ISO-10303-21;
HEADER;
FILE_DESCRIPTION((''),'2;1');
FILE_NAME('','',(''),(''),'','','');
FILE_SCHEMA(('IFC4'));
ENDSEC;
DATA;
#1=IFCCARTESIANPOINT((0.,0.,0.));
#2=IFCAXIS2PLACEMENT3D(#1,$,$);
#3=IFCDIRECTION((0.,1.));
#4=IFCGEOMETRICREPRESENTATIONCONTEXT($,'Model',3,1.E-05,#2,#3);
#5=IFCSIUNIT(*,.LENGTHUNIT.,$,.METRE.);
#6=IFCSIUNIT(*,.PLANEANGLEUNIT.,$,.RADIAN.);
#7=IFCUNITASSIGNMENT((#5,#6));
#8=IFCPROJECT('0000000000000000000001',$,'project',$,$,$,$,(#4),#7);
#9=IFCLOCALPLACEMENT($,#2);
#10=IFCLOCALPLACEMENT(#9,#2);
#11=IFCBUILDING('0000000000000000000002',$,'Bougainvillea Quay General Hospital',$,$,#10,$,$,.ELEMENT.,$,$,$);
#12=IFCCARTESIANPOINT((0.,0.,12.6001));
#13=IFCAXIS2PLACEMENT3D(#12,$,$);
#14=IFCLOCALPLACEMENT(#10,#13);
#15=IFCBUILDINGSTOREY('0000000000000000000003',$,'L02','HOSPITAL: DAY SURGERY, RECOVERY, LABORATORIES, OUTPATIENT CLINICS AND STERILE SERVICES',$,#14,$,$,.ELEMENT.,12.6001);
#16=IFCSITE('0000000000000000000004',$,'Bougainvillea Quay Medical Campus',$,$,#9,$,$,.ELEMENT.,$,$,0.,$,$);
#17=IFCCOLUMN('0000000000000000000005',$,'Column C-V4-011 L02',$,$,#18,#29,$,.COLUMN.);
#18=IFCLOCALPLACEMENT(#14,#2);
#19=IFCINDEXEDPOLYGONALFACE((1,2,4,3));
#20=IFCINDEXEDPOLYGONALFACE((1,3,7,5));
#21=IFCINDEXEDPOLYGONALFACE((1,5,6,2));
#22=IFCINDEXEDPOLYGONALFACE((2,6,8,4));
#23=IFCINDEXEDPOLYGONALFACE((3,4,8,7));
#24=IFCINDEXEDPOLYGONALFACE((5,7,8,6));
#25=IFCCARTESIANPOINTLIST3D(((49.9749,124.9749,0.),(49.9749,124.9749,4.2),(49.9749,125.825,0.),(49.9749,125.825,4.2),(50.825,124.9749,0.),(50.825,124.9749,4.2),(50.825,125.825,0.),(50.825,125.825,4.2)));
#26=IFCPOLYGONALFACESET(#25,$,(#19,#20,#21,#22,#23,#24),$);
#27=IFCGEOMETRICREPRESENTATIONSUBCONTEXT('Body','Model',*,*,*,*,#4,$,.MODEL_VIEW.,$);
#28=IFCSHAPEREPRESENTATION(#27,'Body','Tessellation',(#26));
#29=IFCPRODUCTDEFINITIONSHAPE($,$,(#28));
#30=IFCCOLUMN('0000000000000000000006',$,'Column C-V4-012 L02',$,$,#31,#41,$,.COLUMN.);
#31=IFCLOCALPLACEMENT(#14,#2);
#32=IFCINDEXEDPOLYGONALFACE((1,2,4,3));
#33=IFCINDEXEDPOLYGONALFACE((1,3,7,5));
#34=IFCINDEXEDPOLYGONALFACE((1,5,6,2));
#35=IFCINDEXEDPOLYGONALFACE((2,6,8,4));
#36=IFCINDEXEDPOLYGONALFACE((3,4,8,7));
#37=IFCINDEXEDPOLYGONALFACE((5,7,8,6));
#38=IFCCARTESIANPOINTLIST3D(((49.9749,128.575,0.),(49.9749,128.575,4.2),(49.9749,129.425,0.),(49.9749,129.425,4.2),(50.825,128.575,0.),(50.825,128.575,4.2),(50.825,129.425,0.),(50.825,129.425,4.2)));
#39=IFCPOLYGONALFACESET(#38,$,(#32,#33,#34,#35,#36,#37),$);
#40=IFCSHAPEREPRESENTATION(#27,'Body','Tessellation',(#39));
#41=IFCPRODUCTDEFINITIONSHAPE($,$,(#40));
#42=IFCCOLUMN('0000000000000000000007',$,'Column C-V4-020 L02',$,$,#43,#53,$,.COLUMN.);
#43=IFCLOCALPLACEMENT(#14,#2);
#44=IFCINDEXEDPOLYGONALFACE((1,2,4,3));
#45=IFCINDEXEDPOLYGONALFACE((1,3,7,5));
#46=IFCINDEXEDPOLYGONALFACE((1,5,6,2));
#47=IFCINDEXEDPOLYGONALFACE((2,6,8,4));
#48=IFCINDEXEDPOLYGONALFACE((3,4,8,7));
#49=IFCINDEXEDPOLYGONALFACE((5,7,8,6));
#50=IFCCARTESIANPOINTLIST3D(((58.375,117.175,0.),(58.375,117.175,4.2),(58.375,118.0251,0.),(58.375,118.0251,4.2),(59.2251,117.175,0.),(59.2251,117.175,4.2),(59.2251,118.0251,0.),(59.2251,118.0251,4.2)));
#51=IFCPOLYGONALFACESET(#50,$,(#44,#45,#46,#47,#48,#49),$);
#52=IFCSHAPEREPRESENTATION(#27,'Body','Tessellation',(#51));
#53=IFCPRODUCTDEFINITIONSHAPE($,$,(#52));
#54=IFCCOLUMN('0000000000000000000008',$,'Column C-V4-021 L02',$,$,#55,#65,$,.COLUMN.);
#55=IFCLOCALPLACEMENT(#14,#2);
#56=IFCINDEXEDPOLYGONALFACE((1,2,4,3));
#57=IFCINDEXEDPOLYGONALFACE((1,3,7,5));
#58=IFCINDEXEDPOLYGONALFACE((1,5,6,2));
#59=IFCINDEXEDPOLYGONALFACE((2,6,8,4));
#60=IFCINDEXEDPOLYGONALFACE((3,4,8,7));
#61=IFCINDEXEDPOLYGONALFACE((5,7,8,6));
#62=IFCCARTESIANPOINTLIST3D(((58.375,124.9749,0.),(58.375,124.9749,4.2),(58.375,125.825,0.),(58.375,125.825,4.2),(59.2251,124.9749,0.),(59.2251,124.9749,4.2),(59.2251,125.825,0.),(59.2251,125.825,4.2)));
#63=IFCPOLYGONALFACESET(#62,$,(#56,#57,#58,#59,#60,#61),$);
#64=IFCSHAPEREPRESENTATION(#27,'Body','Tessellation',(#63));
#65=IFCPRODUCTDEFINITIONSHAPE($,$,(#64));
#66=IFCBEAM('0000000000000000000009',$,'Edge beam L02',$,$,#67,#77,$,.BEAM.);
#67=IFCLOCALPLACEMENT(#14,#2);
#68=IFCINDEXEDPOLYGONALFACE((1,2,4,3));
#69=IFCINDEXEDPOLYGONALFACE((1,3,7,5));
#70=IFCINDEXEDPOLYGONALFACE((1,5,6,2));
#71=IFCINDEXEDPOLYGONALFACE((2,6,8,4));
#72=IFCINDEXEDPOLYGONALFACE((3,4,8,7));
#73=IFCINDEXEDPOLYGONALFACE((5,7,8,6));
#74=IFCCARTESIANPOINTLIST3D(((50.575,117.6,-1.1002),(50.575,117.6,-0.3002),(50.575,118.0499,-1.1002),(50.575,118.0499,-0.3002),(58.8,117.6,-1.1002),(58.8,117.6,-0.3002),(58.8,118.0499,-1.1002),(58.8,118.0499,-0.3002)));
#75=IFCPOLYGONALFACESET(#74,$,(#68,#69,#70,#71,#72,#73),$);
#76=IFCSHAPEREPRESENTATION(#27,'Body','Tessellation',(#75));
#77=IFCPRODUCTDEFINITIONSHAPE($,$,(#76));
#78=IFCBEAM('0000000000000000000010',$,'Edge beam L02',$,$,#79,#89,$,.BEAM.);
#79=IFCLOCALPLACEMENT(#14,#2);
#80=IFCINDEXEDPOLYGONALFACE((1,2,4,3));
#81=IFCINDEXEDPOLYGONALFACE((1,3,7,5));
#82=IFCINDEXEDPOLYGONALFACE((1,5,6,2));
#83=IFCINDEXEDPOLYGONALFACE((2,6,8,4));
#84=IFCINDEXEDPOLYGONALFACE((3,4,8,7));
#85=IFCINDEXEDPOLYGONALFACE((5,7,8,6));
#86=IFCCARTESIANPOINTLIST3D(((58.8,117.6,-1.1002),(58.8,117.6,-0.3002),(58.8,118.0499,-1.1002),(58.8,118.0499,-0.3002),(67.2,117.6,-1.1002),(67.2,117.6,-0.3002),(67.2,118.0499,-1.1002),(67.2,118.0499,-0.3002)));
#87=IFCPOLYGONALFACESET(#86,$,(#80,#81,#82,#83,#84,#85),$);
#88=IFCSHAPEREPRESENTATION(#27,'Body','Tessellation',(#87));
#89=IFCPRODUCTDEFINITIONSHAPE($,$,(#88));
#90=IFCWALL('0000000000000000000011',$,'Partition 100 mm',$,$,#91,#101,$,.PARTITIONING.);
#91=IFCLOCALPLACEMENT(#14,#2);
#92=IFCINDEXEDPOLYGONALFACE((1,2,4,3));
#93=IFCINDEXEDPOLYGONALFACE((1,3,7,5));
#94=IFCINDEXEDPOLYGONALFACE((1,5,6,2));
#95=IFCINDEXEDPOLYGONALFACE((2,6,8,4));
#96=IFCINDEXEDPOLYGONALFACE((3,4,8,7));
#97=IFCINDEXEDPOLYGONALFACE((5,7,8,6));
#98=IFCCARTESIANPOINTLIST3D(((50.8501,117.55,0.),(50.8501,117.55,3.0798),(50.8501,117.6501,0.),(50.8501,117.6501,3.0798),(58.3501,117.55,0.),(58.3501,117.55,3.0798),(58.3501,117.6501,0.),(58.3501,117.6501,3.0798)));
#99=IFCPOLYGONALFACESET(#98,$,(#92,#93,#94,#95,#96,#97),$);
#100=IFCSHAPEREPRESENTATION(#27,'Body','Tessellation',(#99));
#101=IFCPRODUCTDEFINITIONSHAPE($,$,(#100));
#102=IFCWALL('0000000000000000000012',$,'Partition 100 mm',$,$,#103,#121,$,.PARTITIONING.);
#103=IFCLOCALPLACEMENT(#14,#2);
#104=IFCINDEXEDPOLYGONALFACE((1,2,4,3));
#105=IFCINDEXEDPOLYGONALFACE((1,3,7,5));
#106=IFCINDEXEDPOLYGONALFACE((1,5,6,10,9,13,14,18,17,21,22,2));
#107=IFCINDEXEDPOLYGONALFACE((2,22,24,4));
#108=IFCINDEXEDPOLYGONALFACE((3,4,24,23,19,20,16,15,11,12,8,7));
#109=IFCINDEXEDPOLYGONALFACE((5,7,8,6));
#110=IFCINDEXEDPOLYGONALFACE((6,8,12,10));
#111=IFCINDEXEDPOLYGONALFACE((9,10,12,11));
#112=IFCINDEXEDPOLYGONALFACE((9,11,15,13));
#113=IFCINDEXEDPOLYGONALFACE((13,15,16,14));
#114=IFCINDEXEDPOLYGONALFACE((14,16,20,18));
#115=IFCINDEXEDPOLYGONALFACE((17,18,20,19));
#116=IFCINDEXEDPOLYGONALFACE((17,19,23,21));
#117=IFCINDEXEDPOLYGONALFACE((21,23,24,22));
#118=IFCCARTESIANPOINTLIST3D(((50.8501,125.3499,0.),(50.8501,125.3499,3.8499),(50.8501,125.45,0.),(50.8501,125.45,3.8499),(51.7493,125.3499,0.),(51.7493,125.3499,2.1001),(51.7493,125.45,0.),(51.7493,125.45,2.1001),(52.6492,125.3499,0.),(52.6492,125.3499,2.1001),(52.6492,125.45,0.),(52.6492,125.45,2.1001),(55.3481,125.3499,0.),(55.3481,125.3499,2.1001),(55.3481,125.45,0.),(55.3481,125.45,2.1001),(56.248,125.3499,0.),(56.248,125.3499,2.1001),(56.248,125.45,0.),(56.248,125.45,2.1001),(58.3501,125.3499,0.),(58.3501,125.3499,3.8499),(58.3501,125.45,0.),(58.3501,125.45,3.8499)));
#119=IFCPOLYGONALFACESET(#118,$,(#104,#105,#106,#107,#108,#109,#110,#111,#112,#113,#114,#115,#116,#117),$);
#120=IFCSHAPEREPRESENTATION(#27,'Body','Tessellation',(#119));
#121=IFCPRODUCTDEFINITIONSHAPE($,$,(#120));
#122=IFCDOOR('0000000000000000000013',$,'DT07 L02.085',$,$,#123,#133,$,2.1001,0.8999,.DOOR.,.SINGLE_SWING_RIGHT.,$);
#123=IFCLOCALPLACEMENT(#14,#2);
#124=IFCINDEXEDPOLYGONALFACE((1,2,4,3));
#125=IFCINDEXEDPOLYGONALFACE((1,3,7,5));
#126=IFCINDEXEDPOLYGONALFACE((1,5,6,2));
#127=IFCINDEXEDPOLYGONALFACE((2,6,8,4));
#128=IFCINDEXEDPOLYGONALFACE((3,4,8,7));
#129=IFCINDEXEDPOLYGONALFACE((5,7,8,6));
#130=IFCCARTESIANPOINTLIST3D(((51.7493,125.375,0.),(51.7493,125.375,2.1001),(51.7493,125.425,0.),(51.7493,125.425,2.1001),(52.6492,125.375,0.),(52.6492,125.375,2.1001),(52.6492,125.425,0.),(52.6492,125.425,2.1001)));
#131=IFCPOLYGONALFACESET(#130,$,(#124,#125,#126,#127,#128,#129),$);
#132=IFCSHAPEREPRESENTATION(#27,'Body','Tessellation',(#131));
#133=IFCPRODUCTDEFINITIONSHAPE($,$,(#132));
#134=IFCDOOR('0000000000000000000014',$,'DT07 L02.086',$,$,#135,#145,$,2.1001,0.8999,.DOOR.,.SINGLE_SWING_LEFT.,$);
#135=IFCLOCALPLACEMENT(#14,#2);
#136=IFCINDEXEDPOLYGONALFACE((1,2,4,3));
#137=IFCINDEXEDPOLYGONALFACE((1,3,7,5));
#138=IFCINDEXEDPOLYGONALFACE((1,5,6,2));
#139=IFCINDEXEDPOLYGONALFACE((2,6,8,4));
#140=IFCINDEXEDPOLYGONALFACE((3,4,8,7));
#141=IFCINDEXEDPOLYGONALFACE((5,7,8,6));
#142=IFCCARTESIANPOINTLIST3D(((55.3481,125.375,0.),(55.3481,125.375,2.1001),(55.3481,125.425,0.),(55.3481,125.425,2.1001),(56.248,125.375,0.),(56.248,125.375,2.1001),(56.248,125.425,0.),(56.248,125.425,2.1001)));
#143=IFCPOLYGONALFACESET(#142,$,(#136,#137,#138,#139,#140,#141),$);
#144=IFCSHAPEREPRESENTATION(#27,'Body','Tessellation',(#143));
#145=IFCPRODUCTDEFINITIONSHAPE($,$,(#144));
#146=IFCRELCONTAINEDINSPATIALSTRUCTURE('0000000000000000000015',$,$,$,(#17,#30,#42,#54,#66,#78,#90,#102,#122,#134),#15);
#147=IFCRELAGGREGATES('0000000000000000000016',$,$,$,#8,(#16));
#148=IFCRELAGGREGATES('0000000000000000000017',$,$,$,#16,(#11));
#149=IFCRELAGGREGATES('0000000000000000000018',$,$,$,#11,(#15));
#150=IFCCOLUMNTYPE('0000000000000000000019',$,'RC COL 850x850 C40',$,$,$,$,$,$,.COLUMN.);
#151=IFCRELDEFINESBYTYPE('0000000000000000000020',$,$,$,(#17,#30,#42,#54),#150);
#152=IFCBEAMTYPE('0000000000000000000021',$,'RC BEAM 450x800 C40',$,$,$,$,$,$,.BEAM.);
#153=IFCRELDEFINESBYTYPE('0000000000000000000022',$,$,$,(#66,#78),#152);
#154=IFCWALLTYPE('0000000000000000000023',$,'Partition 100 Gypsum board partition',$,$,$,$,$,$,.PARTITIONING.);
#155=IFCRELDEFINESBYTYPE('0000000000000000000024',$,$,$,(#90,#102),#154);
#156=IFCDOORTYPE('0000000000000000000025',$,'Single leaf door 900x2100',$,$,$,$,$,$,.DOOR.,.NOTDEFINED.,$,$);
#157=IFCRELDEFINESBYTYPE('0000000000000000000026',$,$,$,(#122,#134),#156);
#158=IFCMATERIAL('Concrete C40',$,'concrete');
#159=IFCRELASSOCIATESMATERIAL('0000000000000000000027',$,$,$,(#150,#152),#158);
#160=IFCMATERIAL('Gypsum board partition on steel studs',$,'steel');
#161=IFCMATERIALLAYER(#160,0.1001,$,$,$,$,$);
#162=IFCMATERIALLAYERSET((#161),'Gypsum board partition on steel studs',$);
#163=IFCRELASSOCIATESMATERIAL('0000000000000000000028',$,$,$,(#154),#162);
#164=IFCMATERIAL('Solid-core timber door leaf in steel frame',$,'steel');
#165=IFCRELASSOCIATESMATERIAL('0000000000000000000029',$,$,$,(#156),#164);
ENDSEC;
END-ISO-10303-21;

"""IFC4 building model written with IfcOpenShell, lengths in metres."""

from ifc_helpers import new_model, si_unit, direction, frame, frame_2d, origin, origin_2d, place, context, subcontext, project, spatial, rectangle, extrude, material, layer, layer_set, material_profile, profile_set, type_object, element, fill, save


model = new_model("IFC4")

# Units and contexts
model_context = context("Model", 3, precision=1e-05, world=origin(), true_north=direction((0.0, 1.0)))
body_context = subcontext(model_context, "Body", "Model", "MODEL_VIEW")
ifc_project = project(units=[si_unit("LENGTHUNIT", "METRE"), si_unit("PLANEANGLEUNIT", "RADIAN")], contexts=[model_context])

# Site, building, storey
site_placement = place(None, origin())
site = spatial("IfcSite", under=ifc_project, at=site_placement, Name="Bougainvillea Quay Medical Campus", CompositionType="ELEMENT", RefElevation=0.0)
building_placement = place(site_placement, origin())
building = spatial("IfcBuilding", under=site, at=building_placement, Name="Bougainvillea Quay General Hospital", CompositionType="ELEMENT")
storey_placement = place(building_placement, frame((0.0, 0.0, 12.6001)))
storey = spatial("IfcBuildingStorey", under=building, at=storey_placement, Name="L02", Description="HOSPITAL: DAY SURGERY, RECOVERY, LABORATORIES, OUTPATIENT CLINICS AND STERILE SERVICES", CompositionType="ELEMENT", Elevation=12.6001)

# Columns
ifc_material_1 = material(Name="Concrete C40", Category="concrete")
ifc_material_profile_1 = material_profile(ifc_material_1, rectangle(XDim=0.8501, YDim=0.8501, at=origin_2d()))
ifc_profile_set_1 = profile_set([ifc_material_profile_1], Name="Concrete C40")
column_type = type_object("IfcColumnType", Name="RC COL 850x850 C40", PredefinedType="COLUMN", material=ifc_profile_set_1)
for number, where, z_axis, x_axis, name in (
    (1, (50.3999, 125.3999, 0.0), (0.0, 0.0, 1.0), (1.0, 0.0, 0.0), "Column C-V4-011 L02"),
    (2, (50.3999, 129.0, 0.0), (0.0, 0.0, 1.0), (1.0, 0.0, 0.0), "Column C-V4-012 L02"),
    (3, (58.8, 117.6001, 0.0), (0.0, 0.0, 1.0), (1.0, 0.0, 0.0), "Column C-V4-020 L02"),
    (4, (58.8, 125.3999, 0.0), (0.0, 0.0, 1.0), (1.0, 0.0, 0.0), "Column C-V4-021 L02"),
):
    element("IfcColumn", number, at=place(storey_placement, frame(where, z_axis=z_axis, x_axis=x_axis)), inside=storey, type_object=column_type, Name=name, PredefinedType="COLUMN", context=body_context, shape_type="SweptSolid", body=[
        extrude(rectangle(XDim=0.8501, YDim=0.8501, at=origin_2d()), origin(), (0.0, 0.0, 1.0), 4.2),
    ])

# Beams
ifc_material_profile_2 = material_profile(ifc_material_1, rectangle(XDim=0.45, YDim=0.8, at=origin_2d()))
ifc_profile_set_2 = profile_set([ifc_material_profile_2], Name="Concrete C40")
beam_type = type_object("IfcBeamType", Name="RC BEAM 450x800 C40", PredefinedType="BEAM", material=ifc_profile_set_2)
beam_1_placement = place(storey_placement, frame((50.575, 117.825, -0.7002), z_axis=(1.0, 0.0, 0.0), x_axis=(0.0, 1.0, 0.0)))
element("IfcBeam", 5, at=beam_1_placement, inside=storey, type_object=beam_type, Name="Edge beam L02", PredefinedType="BEAM", context=body_context, shape_type="SweptSolid", body=[
    extrude(rectangle(XDim=0.45, YDim=0.8, at=origin_2d()), origin(), (0.0, 0.0, 1.0), 8.2251),
])
beam_2_placement = place(storey_placement, frame((58.8, 117.825, -0.7002), z_axis=(1.0, 0.0, 0.0), x_axis=(0.0, 1.0, 0.0)))
element("IfcBeam", 6, at=beam_2_placement, inside=storey, type_object=beam_type, Name="Edge beam L02", PredefinedType="BEAM", context=body_context, shape_type="SweptSolid", body=[
    extrude(rectangle(XDim=0.45, YDim=0.8, at=origin_2d()), origin(), (0.0, 0.0, 1.0), 8.3999),
])

# Wall
ifc_material_2 = material(Name="Gypsum board partition on steel studs", Category="steel")
ifc_layer_1 = layer(ifc_material_2, 0.1001)
ifc_layer_set_1 = layer_set([ifc_layer_1], Name="Gypsum board partition on steel studs")
wall_type_1 = type_object("IfcWallType", Name="Partition 100 Gypsum board partition", PredefinedType="PARTITIONING", material=ifc_layer_set_1)
wall_1_placement = place(storey_placement, frame((58.3501, 117.6001, 0.0), z_axis=(0.0, 0.0, 1.0), x_axis=(-1.0, 0.0, 0.0)))
element("IfcWall", 7, at=wall_1_placement, inside=storey, type_object=wall_type_1, Name="Partition 100 mm", PredefinedType="PARTITIONING", context=body_context, shape_type="SweptSolid", body=[
    extrude(rectangle(XDim=7.5, YDim=0.1001, at=frame_2d((3.75, 0.0))), origin(), (0.0, 0.0, 1.0), 3.0798),
])

# Wall, openings, doors
wall_2_placement = place(storey_placement, frame((58.3501, 125.3999, 0.0), z_axis=(0.0, 0.0, 1.0), x_axis=(-1.0, 0.0, 0.0)))
wall_2 = element("IfcWall", 8, at=wall_2_placement, inside=storey, type_object=wall_type_1, Name="Partition 100 mm", PredefinedType="PARTITIONING", context=body_context, shape_type="SweptSolid", body=[
    extrude(rectangle(XDim=7.5, YDim=0.1001, at=frame_2d((3.75, 0.0))), origin(), (0.0, 0.0, 1.0), 3.8499),
])
opening_1_placement = place(wall_2_placement, frame((5.7009, 0.0, 0.0)))
opening_1 = element("IfcOpeningElement", 9, at=opening_1_placement, cuts=wall_2, PredefinedType="OPENING", context=body_context, shape_type="SweptSolid", body=[
    extrude(rectangle(XDim=0.8999, YDim=2.1001, at=frame_2d((0.45, 1.05))), frame((0.0, 0.0601, 0.0), z_axis=(0.0, -1.0, 0.0), x_axis=(1.0, 0.0, 0.0)), (0.0, 0.0, 1.0), 0.1201),
])
opening_2_placement = place(wall_2_placement, frame((2.1021, 0.0, 0.0)))
opening_2 = element("IfcOpeningElement", 10, at=opening_2_placement, cuts=wall_2, PredefinedType="OPENING", context=body_context, shape_type="SweptSolid", body=[
    extrude(rectangle(XDim=0.8999, YDim=2.1001, at=frame_2d((0.45, 1.05))), frame((0.0, 0.0601, 0.0), z_axis=(0.0, -1.0, 0.0), x_axis=(1.0, 0.0, 0.0)), (0.0, 0.0, 1.0), 0.1201),
])
ifc_material_3 = material(Name="Solid-core timber door leaf in steel frame", Category="steel")
door_type_1 = type_object("IfcDoorType", Name="Single leaf door 900x2100", OperationType="NOTDEFINED", PredefinedType="DOOR", material=ifc_material_3)
door_1_placement = place(opening_1_placement, origin())
door_1 = element("IfcDoor", 11, at=door_1_placement, inside=storey, type_object=door_type_1, Name="DT07 L02.085", OperationType="SINGLE_SWING_RIGHT", OverallHeight=2.1001, OverallWidth=0.8999, PredefinedType="DOOR", context=body_context, shape_type="SweptSolid", body=[
    extrude(rectangle(XDim=0.8999, YDim=2.1001, at=frame_2d((0.45, 1.05))), frame((0.0, 0.0249, 0.0), z_axis=(0.0, -1.0, 0.0), x_axis=(1.0, 0.0, 0.0)), (0.0, 0.0, 1.0), 0.05),
])
fill(opening_1, door_1)
door_2_placement = place(opening_2_placement, origin())
door_2 = element("IfcDoor", 12, at=door_2_placement, inside=storey, type_object=door_type_1, Name="DT07 L02.086", OperationType="SINGLE_SWING_LEFT", OverallHeight=2.1001, OverallWidth=0.8999, PredefinedType="DOOR", context=body_context, shape_type="SweptSolid", body=[
    extrude(rectangle(XDim=0.8999, YDim=2.1001, at=frame_2d((0.45, 1.05))), frame((0.0, 0.0249, 0.0), z_axis=(0.0, -1.0, 0.0), x_axis=(1.0, 0.0, 0.0)), (0.0, 0.0, 1.0), 0.05),
])
fill(opening_2, door_2)

save(model, "model.ifc")
